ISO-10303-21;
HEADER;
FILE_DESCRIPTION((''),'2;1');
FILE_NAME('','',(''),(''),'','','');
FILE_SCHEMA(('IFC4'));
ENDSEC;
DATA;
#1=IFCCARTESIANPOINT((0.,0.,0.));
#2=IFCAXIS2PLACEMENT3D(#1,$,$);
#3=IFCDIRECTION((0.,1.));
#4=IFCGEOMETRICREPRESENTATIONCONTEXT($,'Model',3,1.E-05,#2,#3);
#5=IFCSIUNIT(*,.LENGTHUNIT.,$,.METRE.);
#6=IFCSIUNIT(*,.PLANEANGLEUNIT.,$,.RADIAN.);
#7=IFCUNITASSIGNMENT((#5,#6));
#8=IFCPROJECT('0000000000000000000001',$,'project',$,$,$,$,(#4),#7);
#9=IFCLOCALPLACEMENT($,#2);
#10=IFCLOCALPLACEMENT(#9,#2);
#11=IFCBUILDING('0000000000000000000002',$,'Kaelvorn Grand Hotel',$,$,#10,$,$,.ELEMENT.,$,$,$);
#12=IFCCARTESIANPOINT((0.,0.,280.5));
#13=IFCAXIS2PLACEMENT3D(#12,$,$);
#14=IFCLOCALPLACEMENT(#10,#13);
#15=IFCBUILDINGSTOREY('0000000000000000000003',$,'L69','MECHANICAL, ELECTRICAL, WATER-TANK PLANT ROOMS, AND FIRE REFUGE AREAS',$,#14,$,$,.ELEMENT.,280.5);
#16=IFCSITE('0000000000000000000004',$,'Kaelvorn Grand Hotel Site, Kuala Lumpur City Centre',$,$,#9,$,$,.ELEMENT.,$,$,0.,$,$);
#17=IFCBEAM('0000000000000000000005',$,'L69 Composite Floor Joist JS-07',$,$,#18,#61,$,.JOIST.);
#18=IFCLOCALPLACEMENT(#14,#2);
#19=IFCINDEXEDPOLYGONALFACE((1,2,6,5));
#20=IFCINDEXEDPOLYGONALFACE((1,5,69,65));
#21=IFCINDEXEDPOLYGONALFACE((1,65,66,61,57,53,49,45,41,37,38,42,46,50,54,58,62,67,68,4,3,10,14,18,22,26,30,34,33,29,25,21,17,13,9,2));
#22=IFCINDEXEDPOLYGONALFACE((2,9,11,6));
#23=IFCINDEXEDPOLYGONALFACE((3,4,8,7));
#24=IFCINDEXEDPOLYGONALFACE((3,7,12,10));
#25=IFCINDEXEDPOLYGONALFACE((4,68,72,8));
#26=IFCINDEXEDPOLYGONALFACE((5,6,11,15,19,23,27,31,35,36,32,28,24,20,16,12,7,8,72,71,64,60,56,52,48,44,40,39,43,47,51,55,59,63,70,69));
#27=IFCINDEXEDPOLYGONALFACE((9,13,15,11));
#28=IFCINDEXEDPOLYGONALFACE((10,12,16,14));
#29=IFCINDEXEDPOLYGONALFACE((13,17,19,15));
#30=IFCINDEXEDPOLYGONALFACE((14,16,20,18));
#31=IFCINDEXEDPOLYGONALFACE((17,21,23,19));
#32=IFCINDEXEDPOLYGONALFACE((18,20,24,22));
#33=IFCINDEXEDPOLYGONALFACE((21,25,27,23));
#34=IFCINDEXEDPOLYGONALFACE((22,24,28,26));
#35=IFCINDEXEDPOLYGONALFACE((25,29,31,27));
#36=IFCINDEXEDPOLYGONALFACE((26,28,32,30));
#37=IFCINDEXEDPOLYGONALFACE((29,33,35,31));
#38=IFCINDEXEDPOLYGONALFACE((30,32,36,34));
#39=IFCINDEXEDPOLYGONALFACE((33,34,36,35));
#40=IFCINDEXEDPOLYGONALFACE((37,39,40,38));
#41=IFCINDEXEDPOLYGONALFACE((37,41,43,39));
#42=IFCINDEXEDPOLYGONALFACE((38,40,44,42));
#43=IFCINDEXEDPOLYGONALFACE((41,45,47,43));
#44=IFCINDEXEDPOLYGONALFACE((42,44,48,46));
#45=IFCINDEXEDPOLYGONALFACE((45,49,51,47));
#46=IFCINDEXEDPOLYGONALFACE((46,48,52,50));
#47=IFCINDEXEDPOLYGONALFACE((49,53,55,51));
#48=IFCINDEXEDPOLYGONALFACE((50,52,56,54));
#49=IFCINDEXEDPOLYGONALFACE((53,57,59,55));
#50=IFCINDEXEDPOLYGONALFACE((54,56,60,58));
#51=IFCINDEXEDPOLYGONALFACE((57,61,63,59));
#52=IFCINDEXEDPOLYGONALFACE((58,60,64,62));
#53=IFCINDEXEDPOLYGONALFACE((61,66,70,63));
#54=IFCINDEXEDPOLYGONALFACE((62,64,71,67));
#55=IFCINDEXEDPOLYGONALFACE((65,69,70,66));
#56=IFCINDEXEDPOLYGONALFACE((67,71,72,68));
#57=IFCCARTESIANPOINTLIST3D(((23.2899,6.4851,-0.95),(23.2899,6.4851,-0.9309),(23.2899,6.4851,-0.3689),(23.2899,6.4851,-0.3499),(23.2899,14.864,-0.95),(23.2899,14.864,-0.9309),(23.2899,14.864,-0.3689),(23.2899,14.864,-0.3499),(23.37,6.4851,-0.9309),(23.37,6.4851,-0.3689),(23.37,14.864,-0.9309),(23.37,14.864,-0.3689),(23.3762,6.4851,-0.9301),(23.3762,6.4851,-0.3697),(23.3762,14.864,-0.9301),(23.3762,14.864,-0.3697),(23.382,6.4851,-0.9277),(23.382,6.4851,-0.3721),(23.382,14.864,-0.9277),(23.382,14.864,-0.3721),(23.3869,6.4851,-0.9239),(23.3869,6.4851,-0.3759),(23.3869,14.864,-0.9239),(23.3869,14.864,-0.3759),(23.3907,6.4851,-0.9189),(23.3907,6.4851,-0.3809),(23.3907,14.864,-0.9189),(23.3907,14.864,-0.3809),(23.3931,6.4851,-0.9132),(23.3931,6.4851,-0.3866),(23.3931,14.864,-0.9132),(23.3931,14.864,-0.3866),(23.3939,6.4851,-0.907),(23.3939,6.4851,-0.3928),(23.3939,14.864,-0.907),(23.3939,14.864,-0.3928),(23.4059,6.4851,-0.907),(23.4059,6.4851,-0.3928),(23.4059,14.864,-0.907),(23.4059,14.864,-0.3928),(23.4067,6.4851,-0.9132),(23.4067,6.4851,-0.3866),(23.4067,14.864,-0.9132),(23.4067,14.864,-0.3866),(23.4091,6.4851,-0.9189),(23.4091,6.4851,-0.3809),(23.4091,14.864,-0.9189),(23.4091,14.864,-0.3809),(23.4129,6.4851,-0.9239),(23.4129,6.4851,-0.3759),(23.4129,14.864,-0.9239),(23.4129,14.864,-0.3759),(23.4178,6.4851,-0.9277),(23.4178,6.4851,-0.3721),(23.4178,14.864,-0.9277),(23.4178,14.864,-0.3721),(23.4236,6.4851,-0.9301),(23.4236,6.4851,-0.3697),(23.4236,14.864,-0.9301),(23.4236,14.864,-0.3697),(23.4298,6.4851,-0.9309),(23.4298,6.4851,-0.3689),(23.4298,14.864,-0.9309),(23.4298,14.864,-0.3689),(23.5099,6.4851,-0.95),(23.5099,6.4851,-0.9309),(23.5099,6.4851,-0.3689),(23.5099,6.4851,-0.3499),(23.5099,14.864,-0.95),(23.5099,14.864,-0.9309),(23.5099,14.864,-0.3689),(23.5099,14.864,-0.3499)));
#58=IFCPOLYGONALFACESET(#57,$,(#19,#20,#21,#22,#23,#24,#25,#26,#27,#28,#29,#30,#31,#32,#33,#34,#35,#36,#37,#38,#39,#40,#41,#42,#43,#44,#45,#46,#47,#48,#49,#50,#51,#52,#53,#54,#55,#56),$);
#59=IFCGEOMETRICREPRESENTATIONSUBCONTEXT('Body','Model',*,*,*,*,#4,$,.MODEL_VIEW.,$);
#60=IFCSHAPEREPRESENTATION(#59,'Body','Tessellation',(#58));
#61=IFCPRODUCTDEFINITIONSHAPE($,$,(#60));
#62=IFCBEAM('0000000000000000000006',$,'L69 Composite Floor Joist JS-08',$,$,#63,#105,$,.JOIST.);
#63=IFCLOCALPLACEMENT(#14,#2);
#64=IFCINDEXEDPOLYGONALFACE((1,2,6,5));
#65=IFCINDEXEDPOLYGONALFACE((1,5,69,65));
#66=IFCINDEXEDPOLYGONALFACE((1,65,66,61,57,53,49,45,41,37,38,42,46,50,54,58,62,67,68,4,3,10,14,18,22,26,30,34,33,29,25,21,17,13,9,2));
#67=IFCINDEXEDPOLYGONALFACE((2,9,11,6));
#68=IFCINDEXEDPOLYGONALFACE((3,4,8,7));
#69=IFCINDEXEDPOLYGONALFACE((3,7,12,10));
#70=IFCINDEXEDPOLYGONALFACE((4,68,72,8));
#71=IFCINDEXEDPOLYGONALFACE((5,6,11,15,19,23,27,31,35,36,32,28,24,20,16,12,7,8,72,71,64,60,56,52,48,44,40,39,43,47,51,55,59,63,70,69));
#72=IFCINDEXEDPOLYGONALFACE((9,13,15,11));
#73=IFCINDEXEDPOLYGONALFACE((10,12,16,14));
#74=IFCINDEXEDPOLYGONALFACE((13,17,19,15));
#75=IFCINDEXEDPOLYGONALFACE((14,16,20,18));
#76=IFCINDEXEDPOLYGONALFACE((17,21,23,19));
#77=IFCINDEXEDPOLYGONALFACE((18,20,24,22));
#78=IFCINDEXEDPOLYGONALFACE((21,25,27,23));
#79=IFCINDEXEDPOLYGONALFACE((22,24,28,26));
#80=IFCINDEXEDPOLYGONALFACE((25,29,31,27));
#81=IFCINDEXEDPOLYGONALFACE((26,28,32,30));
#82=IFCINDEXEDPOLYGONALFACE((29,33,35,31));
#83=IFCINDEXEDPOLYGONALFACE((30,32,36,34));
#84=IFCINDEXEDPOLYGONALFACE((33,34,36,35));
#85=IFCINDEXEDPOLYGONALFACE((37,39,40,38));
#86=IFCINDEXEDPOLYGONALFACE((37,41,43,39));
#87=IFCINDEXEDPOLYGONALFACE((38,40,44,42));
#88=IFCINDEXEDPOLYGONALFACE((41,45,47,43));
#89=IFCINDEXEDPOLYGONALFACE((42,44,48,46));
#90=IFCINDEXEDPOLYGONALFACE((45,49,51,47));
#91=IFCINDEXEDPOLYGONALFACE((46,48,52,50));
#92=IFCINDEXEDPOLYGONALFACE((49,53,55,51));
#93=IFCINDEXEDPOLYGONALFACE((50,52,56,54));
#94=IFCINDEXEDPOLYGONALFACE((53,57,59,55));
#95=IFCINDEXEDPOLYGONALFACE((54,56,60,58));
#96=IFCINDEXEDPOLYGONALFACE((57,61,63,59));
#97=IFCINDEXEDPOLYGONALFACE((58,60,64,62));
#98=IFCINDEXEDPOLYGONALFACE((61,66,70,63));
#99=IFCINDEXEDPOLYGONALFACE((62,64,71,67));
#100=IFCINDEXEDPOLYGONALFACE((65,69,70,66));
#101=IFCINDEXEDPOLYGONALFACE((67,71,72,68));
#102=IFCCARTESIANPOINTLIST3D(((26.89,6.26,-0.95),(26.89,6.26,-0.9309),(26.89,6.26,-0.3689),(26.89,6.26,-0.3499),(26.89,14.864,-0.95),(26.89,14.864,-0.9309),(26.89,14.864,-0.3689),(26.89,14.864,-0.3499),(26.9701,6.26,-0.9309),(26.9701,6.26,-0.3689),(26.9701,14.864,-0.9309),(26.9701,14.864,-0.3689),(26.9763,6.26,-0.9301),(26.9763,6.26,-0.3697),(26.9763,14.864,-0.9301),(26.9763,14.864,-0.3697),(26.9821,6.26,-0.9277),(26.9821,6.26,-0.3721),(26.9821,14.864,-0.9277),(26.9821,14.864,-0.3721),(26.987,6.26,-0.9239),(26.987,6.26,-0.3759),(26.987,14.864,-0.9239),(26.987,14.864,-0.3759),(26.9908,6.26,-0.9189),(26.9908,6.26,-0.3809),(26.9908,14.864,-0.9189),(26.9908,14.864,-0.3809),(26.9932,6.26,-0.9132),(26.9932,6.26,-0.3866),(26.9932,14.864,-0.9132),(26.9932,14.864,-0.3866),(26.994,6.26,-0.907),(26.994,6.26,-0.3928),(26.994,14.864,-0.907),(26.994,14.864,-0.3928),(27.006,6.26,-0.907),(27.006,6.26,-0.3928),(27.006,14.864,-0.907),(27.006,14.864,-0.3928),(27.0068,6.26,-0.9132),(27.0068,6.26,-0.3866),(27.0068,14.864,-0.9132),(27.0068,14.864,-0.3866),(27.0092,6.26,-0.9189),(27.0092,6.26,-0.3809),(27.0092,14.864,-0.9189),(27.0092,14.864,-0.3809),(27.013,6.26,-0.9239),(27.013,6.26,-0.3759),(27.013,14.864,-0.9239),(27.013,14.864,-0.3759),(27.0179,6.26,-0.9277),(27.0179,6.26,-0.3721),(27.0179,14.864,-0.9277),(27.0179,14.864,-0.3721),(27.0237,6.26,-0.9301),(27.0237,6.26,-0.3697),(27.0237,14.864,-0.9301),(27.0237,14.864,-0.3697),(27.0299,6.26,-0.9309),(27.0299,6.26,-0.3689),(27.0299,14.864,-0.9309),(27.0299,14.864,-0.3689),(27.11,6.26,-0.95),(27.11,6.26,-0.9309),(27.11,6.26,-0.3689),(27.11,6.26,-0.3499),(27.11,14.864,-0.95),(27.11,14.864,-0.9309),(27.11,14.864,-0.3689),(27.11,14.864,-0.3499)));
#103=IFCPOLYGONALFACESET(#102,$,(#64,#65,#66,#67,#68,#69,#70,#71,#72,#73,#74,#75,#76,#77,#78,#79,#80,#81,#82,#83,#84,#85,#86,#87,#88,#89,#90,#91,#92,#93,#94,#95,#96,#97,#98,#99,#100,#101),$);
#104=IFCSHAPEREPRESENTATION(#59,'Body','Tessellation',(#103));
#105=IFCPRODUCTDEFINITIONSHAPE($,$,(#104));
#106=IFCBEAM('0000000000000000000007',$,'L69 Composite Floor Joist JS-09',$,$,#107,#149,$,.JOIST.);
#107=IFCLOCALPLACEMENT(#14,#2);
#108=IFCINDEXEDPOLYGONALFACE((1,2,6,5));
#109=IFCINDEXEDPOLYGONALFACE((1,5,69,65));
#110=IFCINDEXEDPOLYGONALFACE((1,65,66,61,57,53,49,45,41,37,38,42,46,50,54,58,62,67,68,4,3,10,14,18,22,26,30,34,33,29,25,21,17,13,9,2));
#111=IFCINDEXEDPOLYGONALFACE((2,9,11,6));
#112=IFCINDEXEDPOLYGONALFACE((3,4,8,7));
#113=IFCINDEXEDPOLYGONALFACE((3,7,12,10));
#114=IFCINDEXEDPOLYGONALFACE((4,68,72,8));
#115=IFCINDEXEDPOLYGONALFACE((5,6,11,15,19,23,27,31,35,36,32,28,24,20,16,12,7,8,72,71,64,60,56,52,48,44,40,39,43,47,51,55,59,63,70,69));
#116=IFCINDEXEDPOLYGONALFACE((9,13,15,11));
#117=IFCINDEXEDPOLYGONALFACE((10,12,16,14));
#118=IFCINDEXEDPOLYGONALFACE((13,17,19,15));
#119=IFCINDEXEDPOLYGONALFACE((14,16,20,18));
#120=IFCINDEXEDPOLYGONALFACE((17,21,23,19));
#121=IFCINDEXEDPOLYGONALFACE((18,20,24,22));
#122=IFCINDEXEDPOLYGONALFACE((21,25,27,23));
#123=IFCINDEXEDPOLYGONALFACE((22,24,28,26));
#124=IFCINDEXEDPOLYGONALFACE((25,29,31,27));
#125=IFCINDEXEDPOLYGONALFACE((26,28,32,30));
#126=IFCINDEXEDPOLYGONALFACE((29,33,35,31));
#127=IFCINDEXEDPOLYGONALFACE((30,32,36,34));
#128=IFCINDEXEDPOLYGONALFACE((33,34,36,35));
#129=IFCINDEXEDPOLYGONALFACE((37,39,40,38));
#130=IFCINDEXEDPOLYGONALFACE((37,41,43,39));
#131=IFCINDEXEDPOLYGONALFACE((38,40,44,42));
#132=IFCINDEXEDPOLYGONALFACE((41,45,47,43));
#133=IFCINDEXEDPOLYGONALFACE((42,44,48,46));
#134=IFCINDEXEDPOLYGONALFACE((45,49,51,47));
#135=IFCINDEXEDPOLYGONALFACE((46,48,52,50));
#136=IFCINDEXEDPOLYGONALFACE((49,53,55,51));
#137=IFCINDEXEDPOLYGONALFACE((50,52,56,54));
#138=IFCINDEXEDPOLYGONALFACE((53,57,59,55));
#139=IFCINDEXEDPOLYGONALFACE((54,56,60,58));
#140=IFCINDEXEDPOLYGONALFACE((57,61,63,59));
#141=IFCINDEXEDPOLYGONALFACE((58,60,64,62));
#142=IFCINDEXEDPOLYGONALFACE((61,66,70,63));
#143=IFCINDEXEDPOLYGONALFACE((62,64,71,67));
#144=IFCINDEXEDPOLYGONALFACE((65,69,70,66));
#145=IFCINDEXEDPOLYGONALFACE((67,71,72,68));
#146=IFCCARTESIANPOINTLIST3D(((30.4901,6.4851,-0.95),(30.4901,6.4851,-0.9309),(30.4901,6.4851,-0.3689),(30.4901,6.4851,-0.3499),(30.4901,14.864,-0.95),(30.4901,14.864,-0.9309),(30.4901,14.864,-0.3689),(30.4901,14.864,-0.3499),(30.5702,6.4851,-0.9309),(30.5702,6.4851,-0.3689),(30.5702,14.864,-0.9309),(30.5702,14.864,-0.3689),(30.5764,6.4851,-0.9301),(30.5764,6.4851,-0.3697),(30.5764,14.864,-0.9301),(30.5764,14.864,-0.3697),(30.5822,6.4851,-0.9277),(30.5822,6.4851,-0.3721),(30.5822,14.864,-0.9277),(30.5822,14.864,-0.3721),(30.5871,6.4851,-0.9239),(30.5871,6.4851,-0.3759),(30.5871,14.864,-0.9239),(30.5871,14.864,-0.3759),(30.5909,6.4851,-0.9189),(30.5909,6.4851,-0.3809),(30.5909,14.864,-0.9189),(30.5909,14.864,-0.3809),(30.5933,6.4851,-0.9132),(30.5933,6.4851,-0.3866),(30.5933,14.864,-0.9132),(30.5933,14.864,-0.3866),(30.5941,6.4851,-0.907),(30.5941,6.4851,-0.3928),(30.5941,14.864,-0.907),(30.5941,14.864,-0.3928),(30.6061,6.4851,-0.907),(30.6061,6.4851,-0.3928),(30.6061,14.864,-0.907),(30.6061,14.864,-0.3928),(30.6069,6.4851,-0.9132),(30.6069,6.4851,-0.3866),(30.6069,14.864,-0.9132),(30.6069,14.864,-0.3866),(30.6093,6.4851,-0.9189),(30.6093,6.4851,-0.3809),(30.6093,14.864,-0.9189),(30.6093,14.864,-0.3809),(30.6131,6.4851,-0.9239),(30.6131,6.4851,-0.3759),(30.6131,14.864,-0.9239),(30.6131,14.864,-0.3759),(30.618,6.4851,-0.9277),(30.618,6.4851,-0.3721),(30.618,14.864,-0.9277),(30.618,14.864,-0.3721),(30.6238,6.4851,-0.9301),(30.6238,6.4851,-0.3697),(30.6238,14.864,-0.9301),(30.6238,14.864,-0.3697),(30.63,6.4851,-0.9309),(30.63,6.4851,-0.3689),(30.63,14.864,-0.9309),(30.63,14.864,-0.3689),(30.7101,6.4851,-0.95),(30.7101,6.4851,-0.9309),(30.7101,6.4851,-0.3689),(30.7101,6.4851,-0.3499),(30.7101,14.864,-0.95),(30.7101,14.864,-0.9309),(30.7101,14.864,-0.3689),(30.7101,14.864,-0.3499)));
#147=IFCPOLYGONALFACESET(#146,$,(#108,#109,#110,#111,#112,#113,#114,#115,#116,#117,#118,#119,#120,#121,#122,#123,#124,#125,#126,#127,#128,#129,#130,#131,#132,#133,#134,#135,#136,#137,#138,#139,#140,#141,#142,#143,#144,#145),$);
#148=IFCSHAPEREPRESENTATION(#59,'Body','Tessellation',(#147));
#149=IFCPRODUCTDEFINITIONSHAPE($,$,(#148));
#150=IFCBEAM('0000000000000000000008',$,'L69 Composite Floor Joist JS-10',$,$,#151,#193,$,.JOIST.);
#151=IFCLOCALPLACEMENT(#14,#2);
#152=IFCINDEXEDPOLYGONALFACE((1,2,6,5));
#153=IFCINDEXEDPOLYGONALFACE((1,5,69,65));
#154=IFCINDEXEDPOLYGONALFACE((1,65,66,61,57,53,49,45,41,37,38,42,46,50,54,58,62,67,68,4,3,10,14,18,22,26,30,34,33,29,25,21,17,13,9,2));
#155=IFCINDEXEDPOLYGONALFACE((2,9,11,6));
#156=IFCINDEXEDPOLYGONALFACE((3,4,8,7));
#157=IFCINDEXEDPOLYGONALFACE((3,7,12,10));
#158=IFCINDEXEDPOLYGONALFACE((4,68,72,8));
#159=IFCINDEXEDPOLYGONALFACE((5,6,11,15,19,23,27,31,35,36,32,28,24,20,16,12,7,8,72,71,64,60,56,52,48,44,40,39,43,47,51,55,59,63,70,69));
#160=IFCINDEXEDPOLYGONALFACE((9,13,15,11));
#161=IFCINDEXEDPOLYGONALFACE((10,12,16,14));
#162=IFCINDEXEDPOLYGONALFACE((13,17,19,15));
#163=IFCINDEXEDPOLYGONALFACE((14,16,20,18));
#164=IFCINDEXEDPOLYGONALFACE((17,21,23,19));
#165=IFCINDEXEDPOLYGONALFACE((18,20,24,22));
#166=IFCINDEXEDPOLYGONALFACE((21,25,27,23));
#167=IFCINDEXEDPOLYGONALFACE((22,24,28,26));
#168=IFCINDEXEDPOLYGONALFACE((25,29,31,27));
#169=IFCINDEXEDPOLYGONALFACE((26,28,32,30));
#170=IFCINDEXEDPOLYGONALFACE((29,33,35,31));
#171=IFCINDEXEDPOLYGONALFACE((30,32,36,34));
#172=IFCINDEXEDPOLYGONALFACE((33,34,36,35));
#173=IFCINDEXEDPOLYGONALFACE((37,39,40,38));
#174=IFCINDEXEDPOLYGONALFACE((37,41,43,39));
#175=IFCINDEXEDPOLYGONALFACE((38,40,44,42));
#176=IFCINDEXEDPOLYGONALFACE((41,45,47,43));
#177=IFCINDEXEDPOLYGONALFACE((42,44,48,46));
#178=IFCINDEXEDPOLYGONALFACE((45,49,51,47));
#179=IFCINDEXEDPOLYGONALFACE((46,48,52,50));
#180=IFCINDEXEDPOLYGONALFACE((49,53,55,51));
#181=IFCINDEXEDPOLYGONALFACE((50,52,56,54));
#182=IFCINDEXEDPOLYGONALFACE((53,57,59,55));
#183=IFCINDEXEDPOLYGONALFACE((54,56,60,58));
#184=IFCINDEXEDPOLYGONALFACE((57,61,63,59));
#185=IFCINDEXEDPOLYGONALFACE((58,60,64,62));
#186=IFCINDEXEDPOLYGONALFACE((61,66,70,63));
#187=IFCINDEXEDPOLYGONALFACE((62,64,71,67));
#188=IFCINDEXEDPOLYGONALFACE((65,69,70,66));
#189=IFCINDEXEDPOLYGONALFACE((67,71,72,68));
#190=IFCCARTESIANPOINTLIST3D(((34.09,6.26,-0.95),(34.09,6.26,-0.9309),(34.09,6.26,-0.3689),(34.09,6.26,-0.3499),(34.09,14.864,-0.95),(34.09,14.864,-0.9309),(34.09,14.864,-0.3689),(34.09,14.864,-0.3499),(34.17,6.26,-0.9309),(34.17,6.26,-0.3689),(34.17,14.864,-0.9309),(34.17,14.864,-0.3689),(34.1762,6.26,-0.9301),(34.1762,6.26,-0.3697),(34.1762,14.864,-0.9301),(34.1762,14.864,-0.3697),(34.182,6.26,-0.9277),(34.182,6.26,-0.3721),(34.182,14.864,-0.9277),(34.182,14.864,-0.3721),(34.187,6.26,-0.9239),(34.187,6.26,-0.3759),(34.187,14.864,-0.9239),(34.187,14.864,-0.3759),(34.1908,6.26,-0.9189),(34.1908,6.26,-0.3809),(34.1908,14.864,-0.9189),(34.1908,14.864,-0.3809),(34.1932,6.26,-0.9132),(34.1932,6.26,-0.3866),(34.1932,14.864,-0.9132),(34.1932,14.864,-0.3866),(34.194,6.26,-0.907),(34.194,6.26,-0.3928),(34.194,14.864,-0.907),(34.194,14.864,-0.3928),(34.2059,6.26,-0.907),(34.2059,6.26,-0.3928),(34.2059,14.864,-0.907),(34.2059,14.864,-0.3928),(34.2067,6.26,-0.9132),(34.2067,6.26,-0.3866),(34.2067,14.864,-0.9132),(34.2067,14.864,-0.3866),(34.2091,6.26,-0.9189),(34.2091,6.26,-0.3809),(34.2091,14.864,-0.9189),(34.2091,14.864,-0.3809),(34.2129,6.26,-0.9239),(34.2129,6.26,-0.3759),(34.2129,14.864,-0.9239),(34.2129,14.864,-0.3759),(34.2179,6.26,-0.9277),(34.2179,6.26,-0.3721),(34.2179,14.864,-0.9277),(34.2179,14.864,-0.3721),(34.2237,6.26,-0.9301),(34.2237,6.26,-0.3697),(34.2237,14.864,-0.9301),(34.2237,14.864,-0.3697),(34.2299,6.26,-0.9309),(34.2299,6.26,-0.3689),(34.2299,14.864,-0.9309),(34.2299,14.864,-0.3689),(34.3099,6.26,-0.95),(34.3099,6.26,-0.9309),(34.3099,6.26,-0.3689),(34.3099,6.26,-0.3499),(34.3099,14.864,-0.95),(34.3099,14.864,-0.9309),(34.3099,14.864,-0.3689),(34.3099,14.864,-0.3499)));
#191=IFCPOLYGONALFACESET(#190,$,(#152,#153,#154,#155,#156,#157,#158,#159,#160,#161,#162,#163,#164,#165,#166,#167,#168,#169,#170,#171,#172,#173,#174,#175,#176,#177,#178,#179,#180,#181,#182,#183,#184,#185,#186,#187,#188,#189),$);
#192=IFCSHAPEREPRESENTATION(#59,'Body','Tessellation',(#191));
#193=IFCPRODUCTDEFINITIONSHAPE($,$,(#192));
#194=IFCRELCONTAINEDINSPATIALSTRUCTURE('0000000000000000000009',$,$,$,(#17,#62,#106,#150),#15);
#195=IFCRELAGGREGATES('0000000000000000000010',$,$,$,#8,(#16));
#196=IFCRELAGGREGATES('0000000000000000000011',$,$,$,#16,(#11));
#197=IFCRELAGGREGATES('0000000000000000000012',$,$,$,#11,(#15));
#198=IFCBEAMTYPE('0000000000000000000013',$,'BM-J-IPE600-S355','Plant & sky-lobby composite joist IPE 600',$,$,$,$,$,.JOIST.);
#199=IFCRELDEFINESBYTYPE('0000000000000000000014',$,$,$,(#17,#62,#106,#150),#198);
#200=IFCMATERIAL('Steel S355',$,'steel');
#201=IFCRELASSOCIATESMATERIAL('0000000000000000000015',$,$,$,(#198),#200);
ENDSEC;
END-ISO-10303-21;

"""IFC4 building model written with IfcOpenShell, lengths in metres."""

from ifc_helpers import new_model, si_unit, direction, frame, origin, origin_2d, place, context, subcontext, project, spatial, i_section, extrude, material, material_profile, profile_set, type_object, element, save


model = new_model("IFC4")

# Units and contexts
model_context = context("Model", 3, precision=1e-05, world=origin(), true_north=direction((0.0, 1.0)))
body_context = subcontext(model_context, "Body", "Model", "MODEL_VIEW")
ifc_project = project(units=[si_unit("LENGTHUNIT", "METRE"), si_unit("PLANEANGLEUNIT", "RADIAN")], contexts=[model_context])

# Site, building, storey
site_placement = place(None, origin())
site = spatial("IfcSite", under=ifc_project, at=site_placement, Name="Kaelvorn Grand Hotel Site, Kuala Lumpur City Centre", CompositionType="ELEMENT", RefElevation=0.0)
building_placement = place(site_placement, origin())
building = spatial("IfcBuilding", under=site, at=building_placement, Name="Kaelvorn Grand Hotel", CompositionType="ELEMENT")
storey_placement = place(building_placement, frame((0.0, 0.0, 280.5)))
storey = spatial("IfcBuildingStorey", under=building, at=storey_placement, Name="L69", Description="MECHANICAL, ELECTRICAL, WATER-TANK PLANT ROOMS, AND FIRE REFUGE AREAS", CompositionType="ELEMENT", Elevation=280.5)

# Beams
ifc_material_1 = material(Name="Steel S355", Category="steel")
ifc_material_profile_1 = material_profile(ifc_material_1, i_section(OverallWidth=0.22, OverallDepth=0.6001, WebThickness=0.012, FlangeThickness=0.019, FilletRadius=0.0239, at=origin_2d()), Name="IPE 600")
ifc_profile_set_1 = profile_set([ifc_material_profile_1], Name="Steel S355")
beam_type_1 = type_object("IfcBeamType", Name="BM-J-IPE600-S355", Description="Plant & sky-lobby composite joist IPE 600", PredefinedType="JOIST", material=ifc_profile_set_1)
beam_1_placement = place(storey_placement, frame((23.3999, 6.4851, -0.6499), z_axis=(0.0, 1.0, 0.0), x_axis=(-1.0, 0.0, 0.0)))
element("IfcBeam", 1, at=beam_1_placement, inside=storey, type_object=beam_type_1, Name="L69 Composite Floor Joist JS-07", PredefinedType="JOIST", context=body_context, shape_type="SweptSolid", body=[
    extrude(i_section(OverallWidth=0.22, OverallDepth=0.6001, WebThickness=0.012, FlangeThickness=0.019, FilletRadius=0.0239, at=origin_2d()), origin(), (0.0, 0.0, 1.0), 8.3789),
])
beam_2_placement = place(storey_placement, frame((27.0, 6.26, -0.6499), z_axis=(0.0, 1.0, 0.0), x_axis=(-1.0, 0.0, 0.0)))
element("IfcBeam", 2, at=beam_2_placement, inside=storey, type_object=beam_type_1, Name="L69 Composite Floor Joist JS-08", PredefinedType="JOIST", context=body_context, shape_type="SweptSolid", body=[
    extrude(i_section(OverallWidth=0.22, OverallDepth=0.6001, WebThickness=0.012, FlangeThickness=0.019, FilletRadius=0.0239, at=origin_2d()), origin(), (0.0, 0.0, 1.0), 8.604),
])
beam_3_placement = place(storey_placement, frame((30.6001, 6.4851, -0.6499), z_axis=(0.0, 1.0, 0.0), x_axis=(-1.0, 0.0, 0.0)))
element("IfcBeam", 3, at=beam_3_placement, inside=storey, type_object=beam_type_1, Name="L69 Composite Floor Joist JS-09", PredefinedType="JOIST", context=body_context, shape_type="SweptSolid", body=[
    extrude(i_section(OverallWidth=0.22, OverallDepth=0.6001, WebThickness=0.012, FlangeThickness=0.019, FilletRadius=0.0239, at=origin_2d()), origin(), (0.0, 0.0, 1.0), 8.3789),
])
beam_4_placement = place(storey_placement, frame((34.2, 6.26, -0.6499), z_axis=(0.0, 1.0, 0.0), x_axis=(-1.0, 0.0, 0.0)))
element("IfcBeam", 4, at=beam_4_placement, inside=storey, type_object=beam_type_1, Name="L69 Composite Floor Joist JS-10", PredefinedType="JOIST", context=body_context, shape_type="SweptSolid", body=[
    extrude(i_section(OverallWidth=0.22, OverallDepth=0.6001, WebThickness=0.012, FlangeThickness=0.019, FilletRadius=0.0239, at=origin_2d()), origin(), (0.0, 0.0, 1.0), 8.604),
])

save(model, "model.ifc")
